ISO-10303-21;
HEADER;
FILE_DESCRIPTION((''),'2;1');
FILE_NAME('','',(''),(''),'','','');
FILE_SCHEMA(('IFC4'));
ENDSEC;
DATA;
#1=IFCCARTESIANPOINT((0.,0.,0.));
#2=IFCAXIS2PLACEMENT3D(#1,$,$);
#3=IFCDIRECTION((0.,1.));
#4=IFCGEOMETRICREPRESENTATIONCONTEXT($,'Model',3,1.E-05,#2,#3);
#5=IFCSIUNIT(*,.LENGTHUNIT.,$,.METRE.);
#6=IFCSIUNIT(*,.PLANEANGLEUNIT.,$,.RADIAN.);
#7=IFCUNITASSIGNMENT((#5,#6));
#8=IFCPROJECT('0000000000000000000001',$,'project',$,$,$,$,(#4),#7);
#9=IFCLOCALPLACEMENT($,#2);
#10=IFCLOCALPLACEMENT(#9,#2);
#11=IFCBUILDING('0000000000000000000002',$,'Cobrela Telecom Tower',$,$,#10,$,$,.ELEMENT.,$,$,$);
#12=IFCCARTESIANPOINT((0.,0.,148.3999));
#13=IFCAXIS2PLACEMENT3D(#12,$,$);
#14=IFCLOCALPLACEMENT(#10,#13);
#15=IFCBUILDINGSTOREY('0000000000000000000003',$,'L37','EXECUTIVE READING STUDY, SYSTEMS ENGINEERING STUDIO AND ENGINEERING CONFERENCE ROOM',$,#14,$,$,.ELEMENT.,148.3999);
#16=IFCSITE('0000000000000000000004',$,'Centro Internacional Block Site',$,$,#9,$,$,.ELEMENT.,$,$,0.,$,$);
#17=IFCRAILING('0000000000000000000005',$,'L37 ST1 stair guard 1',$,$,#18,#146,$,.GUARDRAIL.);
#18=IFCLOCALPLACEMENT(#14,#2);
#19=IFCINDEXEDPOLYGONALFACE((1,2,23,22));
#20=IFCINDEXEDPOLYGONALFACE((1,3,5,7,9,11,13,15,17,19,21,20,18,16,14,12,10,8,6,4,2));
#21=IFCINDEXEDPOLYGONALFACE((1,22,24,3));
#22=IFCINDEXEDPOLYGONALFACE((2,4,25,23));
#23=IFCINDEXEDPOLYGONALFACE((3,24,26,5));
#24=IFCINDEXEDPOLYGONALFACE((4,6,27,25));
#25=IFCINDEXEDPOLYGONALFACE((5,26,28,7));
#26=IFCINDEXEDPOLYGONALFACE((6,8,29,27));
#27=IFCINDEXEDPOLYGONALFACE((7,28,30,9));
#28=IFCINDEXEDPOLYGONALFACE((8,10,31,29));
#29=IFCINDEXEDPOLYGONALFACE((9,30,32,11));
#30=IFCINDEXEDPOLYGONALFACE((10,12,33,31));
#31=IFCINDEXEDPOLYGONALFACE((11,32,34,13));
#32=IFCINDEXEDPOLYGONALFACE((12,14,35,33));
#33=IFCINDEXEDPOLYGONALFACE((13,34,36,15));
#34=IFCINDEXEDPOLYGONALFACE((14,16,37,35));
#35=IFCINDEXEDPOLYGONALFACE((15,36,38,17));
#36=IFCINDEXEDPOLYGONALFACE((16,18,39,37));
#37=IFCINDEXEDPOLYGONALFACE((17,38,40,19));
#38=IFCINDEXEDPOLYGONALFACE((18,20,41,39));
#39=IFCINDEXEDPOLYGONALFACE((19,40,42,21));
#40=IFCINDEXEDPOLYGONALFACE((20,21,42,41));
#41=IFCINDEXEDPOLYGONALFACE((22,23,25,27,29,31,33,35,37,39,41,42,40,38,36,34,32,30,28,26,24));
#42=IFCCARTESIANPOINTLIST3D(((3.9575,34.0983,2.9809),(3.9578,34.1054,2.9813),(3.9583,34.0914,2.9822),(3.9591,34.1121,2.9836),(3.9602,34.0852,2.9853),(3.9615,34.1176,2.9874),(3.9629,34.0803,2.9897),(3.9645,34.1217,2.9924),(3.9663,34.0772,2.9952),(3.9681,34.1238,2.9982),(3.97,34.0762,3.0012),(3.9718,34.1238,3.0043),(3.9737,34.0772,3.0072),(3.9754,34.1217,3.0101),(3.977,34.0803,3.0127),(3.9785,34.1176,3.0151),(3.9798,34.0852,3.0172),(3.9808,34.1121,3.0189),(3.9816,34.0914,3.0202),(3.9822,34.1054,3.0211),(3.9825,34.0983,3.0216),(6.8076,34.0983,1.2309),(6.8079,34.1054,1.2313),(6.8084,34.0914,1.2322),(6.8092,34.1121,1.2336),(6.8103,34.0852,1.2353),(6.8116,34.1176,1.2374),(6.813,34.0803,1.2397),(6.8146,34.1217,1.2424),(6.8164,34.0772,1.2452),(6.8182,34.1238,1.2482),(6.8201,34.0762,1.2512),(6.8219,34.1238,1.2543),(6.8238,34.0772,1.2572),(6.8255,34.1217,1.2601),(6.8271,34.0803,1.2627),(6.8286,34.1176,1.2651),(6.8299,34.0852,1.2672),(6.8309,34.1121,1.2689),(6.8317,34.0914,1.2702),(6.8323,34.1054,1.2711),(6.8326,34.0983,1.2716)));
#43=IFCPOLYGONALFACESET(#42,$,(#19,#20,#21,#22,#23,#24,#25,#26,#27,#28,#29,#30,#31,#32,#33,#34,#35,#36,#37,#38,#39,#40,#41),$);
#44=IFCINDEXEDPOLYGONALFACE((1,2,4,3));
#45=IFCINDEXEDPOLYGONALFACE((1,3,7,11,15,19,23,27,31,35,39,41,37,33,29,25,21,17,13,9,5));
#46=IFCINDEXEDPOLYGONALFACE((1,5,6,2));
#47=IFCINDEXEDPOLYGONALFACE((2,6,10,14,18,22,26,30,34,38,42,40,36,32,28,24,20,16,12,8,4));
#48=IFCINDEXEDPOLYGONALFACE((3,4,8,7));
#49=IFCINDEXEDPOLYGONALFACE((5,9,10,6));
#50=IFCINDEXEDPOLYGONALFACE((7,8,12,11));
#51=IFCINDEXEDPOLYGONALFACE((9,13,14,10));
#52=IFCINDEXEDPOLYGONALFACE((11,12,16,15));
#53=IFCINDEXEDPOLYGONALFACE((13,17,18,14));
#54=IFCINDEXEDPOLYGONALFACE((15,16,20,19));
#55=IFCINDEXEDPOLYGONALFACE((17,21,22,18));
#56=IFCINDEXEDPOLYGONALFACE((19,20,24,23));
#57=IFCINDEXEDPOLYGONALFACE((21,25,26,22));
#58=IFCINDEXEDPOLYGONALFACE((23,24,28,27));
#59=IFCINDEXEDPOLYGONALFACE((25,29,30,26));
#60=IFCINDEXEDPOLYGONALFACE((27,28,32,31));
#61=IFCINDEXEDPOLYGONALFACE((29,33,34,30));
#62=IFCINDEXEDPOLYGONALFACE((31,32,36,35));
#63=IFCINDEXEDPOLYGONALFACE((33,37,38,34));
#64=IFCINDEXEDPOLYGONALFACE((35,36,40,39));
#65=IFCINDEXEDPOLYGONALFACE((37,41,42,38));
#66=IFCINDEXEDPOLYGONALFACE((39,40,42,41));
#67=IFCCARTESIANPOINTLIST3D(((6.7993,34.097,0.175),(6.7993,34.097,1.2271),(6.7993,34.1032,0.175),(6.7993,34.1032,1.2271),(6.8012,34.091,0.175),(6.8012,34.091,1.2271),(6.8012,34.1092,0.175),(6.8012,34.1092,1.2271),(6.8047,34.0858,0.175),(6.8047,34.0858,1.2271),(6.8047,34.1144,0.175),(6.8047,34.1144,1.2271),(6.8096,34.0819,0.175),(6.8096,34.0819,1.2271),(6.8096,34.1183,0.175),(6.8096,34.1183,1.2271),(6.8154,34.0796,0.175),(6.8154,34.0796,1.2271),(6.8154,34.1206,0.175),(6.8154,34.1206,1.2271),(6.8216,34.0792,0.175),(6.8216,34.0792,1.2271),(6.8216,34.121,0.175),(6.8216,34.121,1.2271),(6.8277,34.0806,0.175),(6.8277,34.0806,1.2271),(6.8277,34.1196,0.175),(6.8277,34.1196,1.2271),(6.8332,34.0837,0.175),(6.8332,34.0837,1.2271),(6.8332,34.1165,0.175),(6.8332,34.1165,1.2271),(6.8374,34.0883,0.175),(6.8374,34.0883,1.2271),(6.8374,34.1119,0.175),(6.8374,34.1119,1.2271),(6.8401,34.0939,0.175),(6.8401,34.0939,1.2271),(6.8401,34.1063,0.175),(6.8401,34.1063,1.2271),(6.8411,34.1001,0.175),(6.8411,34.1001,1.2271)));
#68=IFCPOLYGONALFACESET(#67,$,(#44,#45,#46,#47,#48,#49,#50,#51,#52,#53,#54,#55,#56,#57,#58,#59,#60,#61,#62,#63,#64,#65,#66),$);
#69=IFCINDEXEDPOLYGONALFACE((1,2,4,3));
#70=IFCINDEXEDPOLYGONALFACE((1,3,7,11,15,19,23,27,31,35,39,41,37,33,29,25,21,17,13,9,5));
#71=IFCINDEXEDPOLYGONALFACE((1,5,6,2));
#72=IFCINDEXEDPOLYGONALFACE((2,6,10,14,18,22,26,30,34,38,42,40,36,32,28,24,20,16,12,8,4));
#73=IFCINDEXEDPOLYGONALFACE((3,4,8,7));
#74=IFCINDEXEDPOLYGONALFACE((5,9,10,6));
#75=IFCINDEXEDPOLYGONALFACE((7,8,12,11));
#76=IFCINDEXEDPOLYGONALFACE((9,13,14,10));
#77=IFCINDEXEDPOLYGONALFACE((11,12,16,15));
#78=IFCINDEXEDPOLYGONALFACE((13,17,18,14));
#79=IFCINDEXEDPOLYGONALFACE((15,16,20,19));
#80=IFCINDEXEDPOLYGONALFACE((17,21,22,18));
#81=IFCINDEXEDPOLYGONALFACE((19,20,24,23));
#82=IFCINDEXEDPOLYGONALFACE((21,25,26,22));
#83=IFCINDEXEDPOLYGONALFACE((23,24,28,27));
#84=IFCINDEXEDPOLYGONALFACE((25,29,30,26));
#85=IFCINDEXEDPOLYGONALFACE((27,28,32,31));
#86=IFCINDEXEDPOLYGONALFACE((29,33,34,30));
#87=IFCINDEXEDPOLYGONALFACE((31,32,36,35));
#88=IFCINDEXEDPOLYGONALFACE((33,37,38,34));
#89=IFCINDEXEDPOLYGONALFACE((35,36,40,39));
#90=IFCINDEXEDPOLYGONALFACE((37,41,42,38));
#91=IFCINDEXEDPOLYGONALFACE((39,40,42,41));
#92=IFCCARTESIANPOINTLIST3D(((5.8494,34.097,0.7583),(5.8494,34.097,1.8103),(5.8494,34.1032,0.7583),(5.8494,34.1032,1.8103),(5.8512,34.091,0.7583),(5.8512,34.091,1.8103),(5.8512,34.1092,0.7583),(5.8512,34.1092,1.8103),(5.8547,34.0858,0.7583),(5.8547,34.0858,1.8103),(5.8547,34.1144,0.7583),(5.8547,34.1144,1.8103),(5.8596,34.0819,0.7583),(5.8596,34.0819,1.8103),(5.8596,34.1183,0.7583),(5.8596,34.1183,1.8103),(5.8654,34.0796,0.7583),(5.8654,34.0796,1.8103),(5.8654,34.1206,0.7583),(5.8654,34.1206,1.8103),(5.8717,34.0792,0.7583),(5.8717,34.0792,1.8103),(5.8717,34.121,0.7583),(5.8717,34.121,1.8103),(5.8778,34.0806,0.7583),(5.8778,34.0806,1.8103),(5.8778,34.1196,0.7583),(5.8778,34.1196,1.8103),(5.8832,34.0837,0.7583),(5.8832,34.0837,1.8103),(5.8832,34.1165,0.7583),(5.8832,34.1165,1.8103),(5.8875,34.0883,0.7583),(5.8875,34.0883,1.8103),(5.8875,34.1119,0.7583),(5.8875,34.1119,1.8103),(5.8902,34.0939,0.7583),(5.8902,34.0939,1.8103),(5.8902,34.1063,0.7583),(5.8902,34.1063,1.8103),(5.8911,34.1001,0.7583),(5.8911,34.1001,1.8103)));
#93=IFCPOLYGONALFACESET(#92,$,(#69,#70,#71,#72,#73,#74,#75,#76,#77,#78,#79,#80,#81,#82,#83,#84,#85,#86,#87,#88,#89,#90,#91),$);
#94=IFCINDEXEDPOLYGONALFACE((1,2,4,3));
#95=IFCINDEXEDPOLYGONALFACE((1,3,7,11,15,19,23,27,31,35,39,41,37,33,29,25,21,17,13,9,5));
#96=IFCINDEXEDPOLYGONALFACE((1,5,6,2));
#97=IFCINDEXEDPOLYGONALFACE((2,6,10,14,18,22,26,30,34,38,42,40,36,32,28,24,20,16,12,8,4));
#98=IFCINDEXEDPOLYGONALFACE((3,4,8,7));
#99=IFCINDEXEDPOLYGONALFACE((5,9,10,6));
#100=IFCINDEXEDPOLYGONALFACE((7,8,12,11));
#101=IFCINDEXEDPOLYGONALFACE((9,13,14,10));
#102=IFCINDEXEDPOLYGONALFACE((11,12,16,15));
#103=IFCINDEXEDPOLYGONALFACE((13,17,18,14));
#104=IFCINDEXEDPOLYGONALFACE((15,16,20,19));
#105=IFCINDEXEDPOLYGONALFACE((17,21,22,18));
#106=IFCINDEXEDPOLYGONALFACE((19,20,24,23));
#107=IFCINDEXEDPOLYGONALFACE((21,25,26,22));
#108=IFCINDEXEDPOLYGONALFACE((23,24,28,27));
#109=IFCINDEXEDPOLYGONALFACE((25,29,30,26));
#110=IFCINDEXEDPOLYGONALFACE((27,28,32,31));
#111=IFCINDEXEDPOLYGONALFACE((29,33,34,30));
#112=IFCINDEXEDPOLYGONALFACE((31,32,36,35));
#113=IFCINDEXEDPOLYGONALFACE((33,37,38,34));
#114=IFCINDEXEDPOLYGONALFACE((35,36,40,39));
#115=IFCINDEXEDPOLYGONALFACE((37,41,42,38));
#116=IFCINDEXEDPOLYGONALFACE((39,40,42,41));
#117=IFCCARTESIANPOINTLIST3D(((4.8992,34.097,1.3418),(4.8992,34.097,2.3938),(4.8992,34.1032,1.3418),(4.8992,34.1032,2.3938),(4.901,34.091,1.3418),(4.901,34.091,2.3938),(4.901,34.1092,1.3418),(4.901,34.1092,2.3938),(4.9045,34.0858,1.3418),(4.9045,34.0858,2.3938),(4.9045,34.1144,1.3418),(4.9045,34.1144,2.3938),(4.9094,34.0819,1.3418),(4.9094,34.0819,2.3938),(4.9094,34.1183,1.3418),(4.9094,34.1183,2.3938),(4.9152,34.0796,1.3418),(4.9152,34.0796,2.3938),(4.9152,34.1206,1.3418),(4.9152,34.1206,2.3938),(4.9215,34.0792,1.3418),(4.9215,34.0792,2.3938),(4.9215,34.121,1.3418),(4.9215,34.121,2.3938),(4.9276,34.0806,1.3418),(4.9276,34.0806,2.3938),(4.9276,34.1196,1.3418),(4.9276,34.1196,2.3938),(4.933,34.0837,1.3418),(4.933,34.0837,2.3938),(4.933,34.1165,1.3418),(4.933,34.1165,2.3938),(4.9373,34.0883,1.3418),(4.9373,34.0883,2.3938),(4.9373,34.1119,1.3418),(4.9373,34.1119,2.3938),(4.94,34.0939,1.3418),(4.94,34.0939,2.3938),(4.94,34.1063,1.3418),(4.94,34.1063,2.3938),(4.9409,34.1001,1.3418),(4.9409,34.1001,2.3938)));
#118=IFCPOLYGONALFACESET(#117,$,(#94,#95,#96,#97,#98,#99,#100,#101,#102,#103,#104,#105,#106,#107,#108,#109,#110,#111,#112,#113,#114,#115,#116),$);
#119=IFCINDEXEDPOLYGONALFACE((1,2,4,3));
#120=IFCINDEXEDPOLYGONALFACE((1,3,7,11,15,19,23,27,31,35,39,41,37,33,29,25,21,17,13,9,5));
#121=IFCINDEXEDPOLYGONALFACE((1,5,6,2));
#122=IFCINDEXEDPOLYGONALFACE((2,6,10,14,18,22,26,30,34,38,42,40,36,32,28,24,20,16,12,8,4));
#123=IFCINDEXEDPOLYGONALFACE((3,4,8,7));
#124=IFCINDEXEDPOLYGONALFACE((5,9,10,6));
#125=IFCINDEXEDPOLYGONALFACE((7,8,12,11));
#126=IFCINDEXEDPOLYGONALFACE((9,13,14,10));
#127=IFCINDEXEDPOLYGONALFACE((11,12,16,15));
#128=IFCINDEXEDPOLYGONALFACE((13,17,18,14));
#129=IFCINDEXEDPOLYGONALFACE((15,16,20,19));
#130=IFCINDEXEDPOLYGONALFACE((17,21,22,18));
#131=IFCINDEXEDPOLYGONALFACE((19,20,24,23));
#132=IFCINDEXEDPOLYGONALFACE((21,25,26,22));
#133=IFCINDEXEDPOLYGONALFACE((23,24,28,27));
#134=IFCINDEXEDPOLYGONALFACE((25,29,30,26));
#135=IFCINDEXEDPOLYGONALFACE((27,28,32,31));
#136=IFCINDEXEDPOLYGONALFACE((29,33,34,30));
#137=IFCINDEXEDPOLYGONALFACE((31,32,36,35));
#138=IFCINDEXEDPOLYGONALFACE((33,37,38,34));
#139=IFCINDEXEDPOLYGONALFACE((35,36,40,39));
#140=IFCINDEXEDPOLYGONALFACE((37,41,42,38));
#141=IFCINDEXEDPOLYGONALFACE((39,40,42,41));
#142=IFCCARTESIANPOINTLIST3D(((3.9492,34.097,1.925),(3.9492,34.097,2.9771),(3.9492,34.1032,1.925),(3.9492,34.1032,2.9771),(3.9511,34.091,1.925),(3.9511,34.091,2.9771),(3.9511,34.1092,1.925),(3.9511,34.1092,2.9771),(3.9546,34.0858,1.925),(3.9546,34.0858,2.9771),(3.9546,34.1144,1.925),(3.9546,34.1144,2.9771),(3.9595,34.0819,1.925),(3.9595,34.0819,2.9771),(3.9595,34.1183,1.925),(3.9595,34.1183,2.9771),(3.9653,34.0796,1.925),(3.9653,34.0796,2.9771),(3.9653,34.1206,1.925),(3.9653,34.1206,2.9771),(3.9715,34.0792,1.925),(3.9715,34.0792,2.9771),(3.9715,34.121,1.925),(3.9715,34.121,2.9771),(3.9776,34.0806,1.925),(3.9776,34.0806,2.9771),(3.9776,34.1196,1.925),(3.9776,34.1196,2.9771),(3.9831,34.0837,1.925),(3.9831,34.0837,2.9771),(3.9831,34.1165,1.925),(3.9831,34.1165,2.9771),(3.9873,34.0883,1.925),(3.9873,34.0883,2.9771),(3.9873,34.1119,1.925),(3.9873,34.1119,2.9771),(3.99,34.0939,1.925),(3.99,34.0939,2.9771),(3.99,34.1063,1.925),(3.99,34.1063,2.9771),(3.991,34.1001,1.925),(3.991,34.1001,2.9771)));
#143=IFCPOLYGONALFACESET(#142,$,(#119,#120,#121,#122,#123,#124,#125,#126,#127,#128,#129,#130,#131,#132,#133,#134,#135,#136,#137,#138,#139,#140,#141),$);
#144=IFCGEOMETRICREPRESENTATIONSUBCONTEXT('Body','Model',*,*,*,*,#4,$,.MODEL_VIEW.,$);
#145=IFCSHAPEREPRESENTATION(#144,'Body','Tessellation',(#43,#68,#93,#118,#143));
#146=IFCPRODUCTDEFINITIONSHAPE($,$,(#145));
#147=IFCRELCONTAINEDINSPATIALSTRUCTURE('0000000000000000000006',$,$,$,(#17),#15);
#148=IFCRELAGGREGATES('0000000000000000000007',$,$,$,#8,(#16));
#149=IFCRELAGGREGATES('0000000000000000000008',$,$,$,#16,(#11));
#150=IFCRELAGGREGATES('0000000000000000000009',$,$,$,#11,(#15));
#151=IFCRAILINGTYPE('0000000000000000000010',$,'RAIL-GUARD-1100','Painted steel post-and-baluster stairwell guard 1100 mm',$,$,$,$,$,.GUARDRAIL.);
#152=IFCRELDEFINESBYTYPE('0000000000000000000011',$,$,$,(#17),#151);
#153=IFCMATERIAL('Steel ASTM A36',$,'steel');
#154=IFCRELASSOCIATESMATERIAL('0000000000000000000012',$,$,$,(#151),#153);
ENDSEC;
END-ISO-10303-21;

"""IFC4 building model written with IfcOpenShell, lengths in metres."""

from ifc_helpers import new_model, si_unit, direction, frame, origin, origin_2d, place, context, subcontext, project, spatial, circle, extrude, material, type_object, element, save


model = new_model("IFC4")

# Units and contexts
model_context = context("Model", 3, precision=1e-05, world=origin(), true_north=direction((0.0, 1.0)))
body_context = subcontext(model_context, "Body", "Model", "MODEL_VIEW")
ifc_project = project(units=[si_unit("LENGTHUNIT", "METRE"), si_unit("PLANEANGLEUNIT", "RADIAN")], contexts=[model_context])

# Site, building, storey
site_placement = place(None, origin())
site = spatial("IfcSite", under=ifc_project, at=site_placement, Name="Centro Internacional Block Site", CompositionType="ELEMENT", RefElevation=0.0)
building_placement = place(site_placement, origin())
building = spatial("IfcBuilding", under=site, at=building_placement, Name="Cobrela Telecom Tower", CompositionType="ELEMENT")
storey_placement = place(building_placement, frame((0.0, 0.0, 148.3999)))
storey = spatial("IfcBuildingStorey", under=building, at=storey_placement, Name="L37", Description="EXECUTIVE READING STUDY, SYSTEMS ENGINEERING STUDIO AND ENGINEERING CONFERENCE ROOM", CompositionType="ELEMENT", Elevation=148.3999)

# Shared definitions
ifc_material_1 = material(Name="Steel ASTM A36", Category="steel")

# Railing
railing_type_1 = type_object("IfcRailingType", Name="RAIL-GUARD-1100", Description="Painted steel post-and-baluster stairwell guard 1100 mm", PredefinedType="GUARDRAIL", material=ifc_material_1)
railing_1_placement = place(storey_placement, frame((6.8201, 34.1001, 0.175)))
element("IfcRailing", 1, at=railing_1_placement, inside=storey, type_object=railing_type_1, Name="L37 ST1 stair guard 1", PredefinedType="GUARDRAIL", context=body_context, shape_type="SweptSolid", body=[
    extrude(circle(Radius=0.0239, at=origin_2d()), frame((0.0, 0.0, 1.0762), z_axis=(-0.852179, 0.0, 0.52325), x_axis=(0.0, -1.0, 0.0)), (0.0, 0.0, 1.0), 3.3445),
    extrude(circle(Radius=0.021, at=origin_2d()), origin(), (0.0, 0.0, 1.0), 1.052),
    extrude(circle(Radius=0.021, at=origin_2d()), frame((-0.95, 0.0, 0.5833)), (0.0, 0.0, 1.0), 1.052),
    extrude(circle(Radius=0.021, at=origin_2d()), frame((-1.9001, 0.0, 1.1667)), (0.0, 0.0, 1.0), 1.052),
    extrude(circle(Radius=0.021, at=origin_2d()), frame((-2.8501, 0.0, 1.75)), (0.0, 0.0, 1.0), 1.052),
])

save(model, "model.ifc")
